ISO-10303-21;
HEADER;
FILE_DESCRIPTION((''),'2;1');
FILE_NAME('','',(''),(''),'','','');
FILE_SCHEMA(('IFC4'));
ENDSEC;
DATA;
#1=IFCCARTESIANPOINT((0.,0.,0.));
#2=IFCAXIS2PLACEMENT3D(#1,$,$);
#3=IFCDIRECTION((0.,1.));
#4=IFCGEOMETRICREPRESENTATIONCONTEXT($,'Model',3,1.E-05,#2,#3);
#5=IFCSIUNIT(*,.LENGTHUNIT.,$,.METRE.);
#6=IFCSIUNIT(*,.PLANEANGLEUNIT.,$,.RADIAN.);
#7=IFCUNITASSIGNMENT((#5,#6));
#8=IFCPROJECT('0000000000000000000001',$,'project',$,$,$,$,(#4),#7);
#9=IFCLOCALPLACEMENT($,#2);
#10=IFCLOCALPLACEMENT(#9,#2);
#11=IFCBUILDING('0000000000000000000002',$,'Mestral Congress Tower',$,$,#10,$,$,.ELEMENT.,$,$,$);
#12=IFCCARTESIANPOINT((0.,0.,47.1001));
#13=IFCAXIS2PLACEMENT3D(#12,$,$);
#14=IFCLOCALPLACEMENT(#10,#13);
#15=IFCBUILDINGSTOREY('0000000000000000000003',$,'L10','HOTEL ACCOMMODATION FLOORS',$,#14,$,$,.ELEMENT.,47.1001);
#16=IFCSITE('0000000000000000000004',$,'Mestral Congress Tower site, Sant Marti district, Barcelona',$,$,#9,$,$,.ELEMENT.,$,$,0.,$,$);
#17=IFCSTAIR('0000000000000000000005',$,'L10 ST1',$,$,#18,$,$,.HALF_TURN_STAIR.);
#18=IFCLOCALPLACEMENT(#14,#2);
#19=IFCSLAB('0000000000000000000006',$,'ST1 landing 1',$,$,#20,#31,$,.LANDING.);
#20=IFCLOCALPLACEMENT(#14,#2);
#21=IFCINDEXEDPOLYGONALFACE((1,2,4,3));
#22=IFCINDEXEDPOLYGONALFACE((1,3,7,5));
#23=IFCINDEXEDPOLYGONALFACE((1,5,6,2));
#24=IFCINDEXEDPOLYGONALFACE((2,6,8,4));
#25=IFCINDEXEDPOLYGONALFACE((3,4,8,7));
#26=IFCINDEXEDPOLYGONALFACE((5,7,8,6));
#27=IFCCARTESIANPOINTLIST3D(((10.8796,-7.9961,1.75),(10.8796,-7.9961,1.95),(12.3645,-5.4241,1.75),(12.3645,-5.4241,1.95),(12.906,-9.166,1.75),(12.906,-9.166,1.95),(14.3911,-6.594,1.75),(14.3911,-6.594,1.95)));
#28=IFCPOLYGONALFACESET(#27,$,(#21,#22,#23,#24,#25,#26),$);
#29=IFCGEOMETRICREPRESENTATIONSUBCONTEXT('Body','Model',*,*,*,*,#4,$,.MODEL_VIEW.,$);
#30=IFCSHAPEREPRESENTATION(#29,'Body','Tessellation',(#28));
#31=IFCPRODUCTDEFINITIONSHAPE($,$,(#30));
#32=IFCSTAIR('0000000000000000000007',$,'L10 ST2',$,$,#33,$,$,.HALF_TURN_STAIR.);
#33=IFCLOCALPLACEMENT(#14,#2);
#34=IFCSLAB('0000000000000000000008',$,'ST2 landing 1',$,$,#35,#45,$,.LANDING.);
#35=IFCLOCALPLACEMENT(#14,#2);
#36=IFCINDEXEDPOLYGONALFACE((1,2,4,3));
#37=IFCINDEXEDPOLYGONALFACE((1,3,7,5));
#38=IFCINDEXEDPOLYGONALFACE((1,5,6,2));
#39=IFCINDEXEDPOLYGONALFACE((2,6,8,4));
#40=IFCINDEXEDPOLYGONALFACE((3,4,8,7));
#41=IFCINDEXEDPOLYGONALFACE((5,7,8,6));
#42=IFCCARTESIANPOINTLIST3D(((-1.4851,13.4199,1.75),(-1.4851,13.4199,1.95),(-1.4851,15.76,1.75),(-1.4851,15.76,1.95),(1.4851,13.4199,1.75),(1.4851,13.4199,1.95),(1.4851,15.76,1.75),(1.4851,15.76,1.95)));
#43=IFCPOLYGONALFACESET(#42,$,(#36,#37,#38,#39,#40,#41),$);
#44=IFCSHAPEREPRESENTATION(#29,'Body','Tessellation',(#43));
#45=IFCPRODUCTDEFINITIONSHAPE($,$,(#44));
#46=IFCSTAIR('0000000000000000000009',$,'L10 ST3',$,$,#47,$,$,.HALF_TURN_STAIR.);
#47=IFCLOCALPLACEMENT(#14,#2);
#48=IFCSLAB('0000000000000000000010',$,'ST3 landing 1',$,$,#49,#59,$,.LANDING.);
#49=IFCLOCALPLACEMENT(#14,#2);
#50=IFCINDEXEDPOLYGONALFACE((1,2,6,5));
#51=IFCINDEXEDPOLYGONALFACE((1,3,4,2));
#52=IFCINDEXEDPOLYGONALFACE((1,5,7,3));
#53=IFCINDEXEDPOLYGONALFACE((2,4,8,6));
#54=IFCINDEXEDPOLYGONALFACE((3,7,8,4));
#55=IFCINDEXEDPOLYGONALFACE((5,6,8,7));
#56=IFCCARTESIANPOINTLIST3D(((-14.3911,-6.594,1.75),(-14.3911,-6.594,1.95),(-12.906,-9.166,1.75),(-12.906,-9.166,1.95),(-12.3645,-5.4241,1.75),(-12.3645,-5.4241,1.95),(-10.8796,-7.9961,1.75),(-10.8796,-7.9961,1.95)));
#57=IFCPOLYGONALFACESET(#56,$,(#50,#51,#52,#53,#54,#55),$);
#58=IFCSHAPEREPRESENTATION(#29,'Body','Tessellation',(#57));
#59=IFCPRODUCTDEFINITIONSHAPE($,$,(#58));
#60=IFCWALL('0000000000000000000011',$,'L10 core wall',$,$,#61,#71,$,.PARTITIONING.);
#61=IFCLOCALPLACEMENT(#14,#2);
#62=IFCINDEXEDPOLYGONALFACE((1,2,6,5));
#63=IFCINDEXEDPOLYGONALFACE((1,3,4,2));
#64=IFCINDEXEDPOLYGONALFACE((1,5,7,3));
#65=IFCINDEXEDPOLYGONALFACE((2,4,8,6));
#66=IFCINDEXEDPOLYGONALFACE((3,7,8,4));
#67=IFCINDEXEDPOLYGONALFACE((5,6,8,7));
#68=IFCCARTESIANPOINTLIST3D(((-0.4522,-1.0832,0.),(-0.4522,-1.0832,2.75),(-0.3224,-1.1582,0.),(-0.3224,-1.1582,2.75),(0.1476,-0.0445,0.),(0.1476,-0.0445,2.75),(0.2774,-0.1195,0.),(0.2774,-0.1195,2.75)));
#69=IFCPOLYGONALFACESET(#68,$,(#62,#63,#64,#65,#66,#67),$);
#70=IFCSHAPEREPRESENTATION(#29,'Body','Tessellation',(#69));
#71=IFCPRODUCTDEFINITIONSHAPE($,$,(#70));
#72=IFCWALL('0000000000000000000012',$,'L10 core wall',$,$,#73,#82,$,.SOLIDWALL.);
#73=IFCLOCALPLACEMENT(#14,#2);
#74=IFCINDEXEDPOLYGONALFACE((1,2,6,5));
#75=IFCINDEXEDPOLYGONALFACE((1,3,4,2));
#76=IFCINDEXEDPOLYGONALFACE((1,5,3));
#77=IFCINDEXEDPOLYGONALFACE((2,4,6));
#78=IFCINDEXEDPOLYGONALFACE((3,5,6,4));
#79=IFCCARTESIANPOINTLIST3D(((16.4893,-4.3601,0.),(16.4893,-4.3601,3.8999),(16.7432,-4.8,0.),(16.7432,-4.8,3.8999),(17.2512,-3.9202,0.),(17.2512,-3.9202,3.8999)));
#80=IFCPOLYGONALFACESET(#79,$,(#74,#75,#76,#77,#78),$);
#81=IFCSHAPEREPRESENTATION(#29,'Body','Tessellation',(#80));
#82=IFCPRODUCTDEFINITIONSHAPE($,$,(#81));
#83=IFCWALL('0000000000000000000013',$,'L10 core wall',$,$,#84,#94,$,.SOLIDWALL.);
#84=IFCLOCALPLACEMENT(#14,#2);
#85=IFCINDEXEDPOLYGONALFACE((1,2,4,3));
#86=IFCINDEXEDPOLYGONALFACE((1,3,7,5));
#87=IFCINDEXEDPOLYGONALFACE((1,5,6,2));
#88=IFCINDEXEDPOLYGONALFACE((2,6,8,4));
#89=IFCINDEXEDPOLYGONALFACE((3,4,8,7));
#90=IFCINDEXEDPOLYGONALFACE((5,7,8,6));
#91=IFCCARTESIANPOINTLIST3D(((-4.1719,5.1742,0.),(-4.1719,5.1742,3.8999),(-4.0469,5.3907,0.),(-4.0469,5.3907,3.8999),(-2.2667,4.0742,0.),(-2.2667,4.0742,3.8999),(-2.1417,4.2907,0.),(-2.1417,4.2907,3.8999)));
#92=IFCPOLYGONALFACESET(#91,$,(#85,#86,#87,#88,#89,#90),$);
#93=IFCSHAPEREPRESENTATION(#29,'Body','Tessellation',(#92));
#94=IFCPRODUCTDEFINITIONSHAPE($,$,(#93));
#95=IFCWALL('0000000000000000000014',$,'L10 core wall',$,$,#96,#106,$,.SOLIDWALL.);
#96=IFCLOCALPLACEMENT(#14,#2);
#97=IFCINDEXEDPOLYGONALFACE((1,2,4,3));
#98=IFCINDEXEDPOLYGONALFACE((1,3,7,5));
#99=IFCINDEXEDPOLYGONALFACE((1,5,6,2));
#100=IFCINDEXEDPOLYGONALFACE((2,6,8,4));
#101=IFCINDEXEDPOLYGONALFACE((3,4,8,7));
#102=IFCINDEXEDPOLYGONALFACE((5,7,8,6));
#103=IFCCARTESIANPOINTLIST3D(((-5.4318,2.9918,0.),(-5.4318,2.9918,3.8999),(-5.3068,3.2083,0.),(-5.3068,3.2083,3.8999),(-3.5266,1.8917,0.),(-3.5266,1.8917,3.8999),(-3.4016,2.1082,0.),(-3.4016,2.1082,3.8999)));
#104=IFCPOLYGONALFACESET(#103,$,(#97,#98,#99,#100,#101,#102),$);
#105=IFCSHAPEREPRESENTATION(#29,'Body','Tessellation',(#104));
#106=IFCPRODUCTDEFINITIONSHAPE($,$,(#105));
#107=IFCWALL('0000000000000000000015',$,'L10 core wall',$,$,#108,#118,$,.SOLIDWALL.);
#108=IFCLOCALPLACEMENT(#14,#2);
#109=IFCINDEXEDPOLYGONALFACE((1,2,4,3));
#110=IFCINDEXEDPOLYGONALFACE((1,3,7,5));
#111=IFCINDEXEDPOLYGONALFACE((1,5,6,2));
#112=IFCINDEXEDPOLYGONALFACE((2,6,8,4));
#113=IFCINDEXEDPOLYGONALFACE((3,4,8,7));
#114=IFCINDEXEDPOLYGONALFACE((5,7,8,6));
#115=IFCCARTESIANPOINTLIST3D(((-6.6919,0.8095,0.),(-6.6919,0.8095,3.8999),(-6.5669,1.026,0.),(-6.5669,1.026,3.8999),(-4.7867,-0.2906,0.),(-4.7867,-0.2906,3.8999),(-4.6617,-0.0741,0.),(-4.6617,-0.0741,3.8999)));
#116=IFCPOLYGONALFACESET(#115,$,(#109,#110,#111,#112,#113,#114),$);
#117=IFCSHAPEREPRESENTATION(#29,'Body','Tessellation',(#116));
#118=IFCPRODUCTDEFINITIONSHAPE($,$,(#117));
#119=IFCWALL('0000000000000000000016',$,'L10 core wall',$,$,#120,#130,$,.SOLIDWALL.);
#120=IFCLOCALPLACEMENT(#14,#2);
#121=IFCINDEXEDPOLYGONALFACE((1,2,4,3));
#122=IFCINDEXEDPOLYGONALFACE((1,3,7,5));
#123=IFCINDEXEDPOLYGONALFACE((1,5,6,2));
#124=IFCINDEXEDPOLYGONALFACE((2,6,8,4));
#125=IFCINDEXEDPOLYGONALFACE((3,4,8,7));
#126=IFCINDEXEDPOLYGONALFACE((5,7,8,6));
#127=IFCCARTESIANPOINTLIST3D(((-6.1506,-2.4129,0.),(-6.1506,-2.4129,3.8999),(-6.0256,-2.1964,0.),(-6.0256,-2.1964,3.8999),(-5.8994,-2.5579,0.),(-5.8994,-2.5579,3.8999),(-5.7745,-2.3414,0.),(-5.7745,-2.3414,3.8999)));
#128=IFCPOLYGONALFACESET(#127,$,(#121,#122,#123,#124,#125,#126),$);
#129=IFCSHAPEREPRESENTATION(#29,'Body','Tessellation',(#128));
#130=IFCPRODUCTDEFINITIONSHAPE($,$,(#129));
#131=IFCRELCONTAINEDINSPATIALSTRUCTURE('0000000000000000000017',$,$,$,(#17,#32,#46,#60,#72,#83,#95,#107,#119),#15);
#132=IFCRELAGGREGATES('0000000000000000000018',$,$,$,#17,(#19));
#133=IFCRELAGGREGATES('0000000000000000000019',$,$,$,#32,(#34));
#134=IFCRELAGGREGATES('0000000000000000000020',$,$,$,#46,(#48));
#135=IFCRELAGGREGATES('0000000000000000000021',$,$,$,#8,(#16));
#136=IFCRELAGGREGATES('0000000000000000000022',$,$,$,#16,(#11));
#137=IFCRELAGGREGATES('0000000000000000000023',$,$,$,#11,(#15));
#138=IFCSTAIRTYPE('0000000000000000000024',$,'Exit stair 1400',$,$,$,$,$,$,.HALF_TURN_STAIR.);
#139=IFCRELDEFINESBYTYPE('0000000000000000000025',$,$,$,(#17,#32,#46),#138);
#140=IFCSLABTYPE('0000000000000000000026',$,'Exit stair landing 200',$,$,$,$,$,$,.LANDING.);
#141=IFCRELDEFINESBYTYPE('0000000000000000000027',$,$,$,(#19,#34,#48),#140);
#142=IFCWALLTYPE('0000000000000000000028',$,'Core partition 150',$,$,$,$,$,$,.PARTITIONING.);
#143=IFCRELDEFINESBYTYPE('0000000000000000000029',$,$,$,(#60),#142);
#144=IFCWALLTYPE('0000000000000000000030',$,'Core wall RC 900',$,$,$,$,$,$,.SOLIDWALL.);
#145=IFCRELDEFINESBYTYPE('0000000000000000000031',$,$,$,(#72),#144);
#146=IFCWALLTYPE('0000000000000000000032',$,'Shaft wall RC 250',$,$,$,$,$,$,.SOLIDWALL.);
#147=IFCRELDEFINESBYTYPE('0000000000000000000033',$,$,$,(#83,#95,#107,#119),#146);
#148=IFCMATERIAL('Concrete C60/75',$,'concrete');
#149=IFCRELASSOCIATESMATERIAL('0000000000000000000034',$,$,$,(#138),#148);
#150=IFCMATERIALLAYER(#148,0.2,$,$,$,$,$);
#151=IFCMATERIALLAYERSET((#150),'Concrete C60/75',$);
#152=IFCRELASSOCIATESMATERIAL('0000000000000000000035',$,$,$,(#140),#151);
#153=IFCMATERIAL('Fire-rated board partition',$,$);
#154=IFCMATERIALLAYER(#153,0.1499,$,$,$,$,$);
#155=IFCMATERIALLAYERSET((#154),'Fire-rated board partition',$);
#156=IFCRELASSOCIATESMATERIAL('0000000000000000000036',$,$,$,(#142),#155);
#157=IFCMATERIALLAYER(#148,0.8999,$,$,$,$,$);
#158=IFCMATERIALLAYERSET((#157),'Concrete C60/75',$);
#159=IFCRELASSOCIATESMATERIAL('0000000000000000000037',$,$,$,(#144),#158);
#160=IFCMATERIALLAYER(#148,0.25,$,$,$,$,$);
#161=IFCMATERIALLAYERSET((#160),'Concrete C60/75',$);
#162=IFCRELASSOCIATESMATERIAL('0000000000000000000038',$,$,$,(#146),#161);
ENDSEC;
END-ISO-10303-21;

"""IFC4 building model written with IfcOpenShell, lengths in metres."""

from ifc_helpers import new_model, si_unit, direction, frame, frame_2d, origin, place, context, subcontext, project, spatial, polyline, rectangle, outline, extrude, material, layer, layer_set, type_object, element, aggregate, save


model = new_model("IFC4")

# Units and contexts
model_context = context("Model", 3, precision=1e-05, world=origin(), true_north=direction((0.0, 1.0)))
body_context = subcontext(model_context, "Body", "Model", "MODEL_VIEW")
ifc_project = project(units=[si_unit("LENGTHUNIT", "METRE"), si_unit("PLANEANGLEUNIT", "RADIAN")], contexts=[model_context])

# Site, building, storey
site_placement = place(None, origin())
site = spatial("IfcSite", under=ifc_project, at=site_placement, Name="Mestral Congress Tower site, Sant Marti district, Barcelona", CompositionType="ELEMENT", RefElevation=0.0)
building_placement = place(site_placement, origin())
building = spatial("IfcBuilding", under=site, at=building_placement, Name="Mestral Congress Tower", CompositionType="ELEMENT")
storey_placement = place(building_placement, frame((0.0, 0.0, 47.1001)))
storey = spatial("IfcBuildingStorey", under=building, at=storey_placement, Name="L10", Description="HOTEL ACCOMMODATION FLOORS", CompositionType="ELEMENT", Elevation=47.1001)

# Shared definitions
ifc_material_1 = material(Name="Concrete C60/75", Category="concrete")

# Stairs, slabs
stair_type = type_object("IfcStairType", Name="Exit stair 1400", PredefinedType="HALF_TURN_STAIR", material=ifc_material_1)
placement_1 = place(storey_placement, origin())
stair_1 = element("IfcStair", 1, at=placement_1, inside=storey, type_object=stair_type, Name="L10 ST1", PredefinedType="HALF_TURN_STAIR")
ifc_layer_1 = layer(ifc_material_1, 0.2)
ifc_layer_set_1 = layer_set([ifc_layer_1], Name="Concrete C60/75")
slab_type_1 = type_object("IfcSlabType", Name="Exit stair landing 200", PredefinedType="LANDING", material=ifc_layer_set_1)
placement_2 = place(storey_placement, frame((0.0, 0.0, 1.75)))
slab_1 = element("IfcSlab", 2, at=placement_2, type_object=slab_type_1, Name="ST1 landing 1", PredefinedType="LANDING", context=body_context, shape_type="SweptSolid", body=[
    extrude(outline(polyline([(10.8796, -7.9961), (12.3645, -5.4241), (14.3911, -6.594), (12.906, -9.166), (10.8796, -7.9961)])), origin(), (0.0, 0.0, 1.0), 0.2),
])
aggregate(stair_1, [slab_1])
stair_2 = element("IfcStair", 3, at=placement_1, inside=storey, type_object=stair_type, Name="L10 ST2", PredefinedType="HALF_TURN_STAIR")
slab_2 = element("IfcSlab", 4, at=placement_2, type_object=slab_type_1, Name="ST2 landing 1", PredefinedType="LANDING", context=body_context, shape_type="SweptSolid", body=[
    extrude(outline(polyline([(1.4851, 13.4199), (-1.4851, 13.4199), (-1.4851, 15.76), (1.4851, 15.76), (1.4851, 13.4199)])), origin(), (0.0, 0.0, 1.0), 0.2),
])
aggregate(stair_2, [slab_2])
stair_3 = element("IfcStair", 5, at=placement_1, inside=storey, type_object=stair_type, Name="L10 ST3", PredefinedType="HALF_TURN_STAIR")
slab_3 = element("IfcSlab", 6, at=placement_2, type_object=slab_type_1, Name="ST3 landing 1", PredefinedType="LANDING", context=body_context, shape_type="SweptSolid", body=[
    extrude(outline(polyline([(-12.3645, -5.4241), (-10.8796, -7.9961), (-12.906, -9.166), (-14.3911, -6.594), (-12.3645, -5.4241)])), origin(), (0.0, 0.0, 1.0), 0.2),
])
aggregate(stair_3, [slab_3])

# Walls
ifc_material_2 = material(Name="Fire-rated board partition")
ifc_layer_2 = layer(ifc_material_2, 0.1499)
ifc_layer_set_2 = layer_set([ifc_layer_2], Name="Fire-rated board partition")
wall_type_1 = type_object("IfcWallType", Name="Core partition 150", PredefinedType="PARTITIONING", material=ifc_layer_set_2)
wall_1_placement = place(storey_placement, frame((-0.3872, -1.1206, 0.0), z_axis=(0.0, 0.0, 1.0), x_axis=(0.500057, 0.865992, 0.0)))
element("IfcWall", 7, at=wall_1_placement, inside=storey, type_object=wall_type_1, Name="L10 core wall", PredefinedType="PARTITIONING", context=body_context, shape_type="SweptSolid", body=[
    extrude(rectangle(XDim=1.1995, YDim=0.1499, at=frame_2d((0.5996, 0.0))), origin(), (0.0, 0.0, 1.0), 2.75),
])
ifc_layer_3 = layer(ifc_material_1, 0.8999)
ifc_layer_set_3 = layer_set([ifc_layer_3], Name="Concrete C60/75")
wall_type_2 = type_object("IfcWallType", Name="Core wall RC 900", PredefinedType="SOLIDWALL", material=ifc_layer_set_3)
element("IfcWall", 8, at=placement_1, inside=storey, type_object=wall_type_2, Name="L10 core wall", PredefinedType="SOLIDWALL", context=body_context, shape_type="SweptSolid", body=[
    extrude(outline(polyline([(16.7432, -4.8), (16.4893, -4.3601), (17.2512, -3.9202), (16.7432, -4.8)])), origin(), (0.0, 0.0, 1.0), 3.8999),
])
ifc_layer_4 = layer(ifc_material_1, 0.25)
ifc_layer_set_4 = layer_set([ifc_layer_4], Name="Concrete C60/75")
wall_type_3 = type_object("IfcWallType", Name="Shaft wall RC 250", PredefinedType="SOLIDWALL", material=ifc_layer_set_4)
for number, where, z_axis, x_axis, name in (
    (9, (-2.2041, 4.1824, 0.0), (0.0, 0.0, 1.0), (-0.866008, 0.50003, 0.0), "L10 core wall"),
    (10, (-5.3694, 3.1001, 0.0), (0.0, 0.0, 1.0), (0.866008, -0.50003, 0.0), "L10 core wall"),
    (11, (-4.7241, -0.1824, 0.0), (0.0, 0.0, 1.0), (-0.866008, 0.50003, 0.0), "L10 core wall"),
):
    element("IfcWall", number, at=place(storey_placement, frame(where, z_axis=z_axis, x_axis=x_axis)), inside=storey, type_object=wall_type_3, Name=name, PredefinedType="SOLIDWALL", context=body_context, shape_type="SweptSolid", body=[
        extrude(rectangle(XDim=2.2, YDim=0.25, at=frame_2d((1.1001, 0.0))), origin(), (0.0, 0.0, 1.0), 3.8999),
    ])
wall_2_placement = place(storey_placement, frame((-6.0881, -2.3047, 0.0), z_axis=(0.0, 0.0, 1.0), x_axis=(0.866059, -0.499941, 0.0)))
element("IfcWall", 12, at=wall_2_placement, inside=storey, type_object=wall_type_3, Name="L10 core wall", PredefinedType="SOLIDWALL", context=body_context, shape_type="SweptSolid", body=[
    extrude(rectangle(XDim=0.29, YDim=0.25, at=frame_2d((0.145, 0.0))), origin(), (0.0, 0.0, 1.0), 3.8999),
])

save(model, "model.ifc")
